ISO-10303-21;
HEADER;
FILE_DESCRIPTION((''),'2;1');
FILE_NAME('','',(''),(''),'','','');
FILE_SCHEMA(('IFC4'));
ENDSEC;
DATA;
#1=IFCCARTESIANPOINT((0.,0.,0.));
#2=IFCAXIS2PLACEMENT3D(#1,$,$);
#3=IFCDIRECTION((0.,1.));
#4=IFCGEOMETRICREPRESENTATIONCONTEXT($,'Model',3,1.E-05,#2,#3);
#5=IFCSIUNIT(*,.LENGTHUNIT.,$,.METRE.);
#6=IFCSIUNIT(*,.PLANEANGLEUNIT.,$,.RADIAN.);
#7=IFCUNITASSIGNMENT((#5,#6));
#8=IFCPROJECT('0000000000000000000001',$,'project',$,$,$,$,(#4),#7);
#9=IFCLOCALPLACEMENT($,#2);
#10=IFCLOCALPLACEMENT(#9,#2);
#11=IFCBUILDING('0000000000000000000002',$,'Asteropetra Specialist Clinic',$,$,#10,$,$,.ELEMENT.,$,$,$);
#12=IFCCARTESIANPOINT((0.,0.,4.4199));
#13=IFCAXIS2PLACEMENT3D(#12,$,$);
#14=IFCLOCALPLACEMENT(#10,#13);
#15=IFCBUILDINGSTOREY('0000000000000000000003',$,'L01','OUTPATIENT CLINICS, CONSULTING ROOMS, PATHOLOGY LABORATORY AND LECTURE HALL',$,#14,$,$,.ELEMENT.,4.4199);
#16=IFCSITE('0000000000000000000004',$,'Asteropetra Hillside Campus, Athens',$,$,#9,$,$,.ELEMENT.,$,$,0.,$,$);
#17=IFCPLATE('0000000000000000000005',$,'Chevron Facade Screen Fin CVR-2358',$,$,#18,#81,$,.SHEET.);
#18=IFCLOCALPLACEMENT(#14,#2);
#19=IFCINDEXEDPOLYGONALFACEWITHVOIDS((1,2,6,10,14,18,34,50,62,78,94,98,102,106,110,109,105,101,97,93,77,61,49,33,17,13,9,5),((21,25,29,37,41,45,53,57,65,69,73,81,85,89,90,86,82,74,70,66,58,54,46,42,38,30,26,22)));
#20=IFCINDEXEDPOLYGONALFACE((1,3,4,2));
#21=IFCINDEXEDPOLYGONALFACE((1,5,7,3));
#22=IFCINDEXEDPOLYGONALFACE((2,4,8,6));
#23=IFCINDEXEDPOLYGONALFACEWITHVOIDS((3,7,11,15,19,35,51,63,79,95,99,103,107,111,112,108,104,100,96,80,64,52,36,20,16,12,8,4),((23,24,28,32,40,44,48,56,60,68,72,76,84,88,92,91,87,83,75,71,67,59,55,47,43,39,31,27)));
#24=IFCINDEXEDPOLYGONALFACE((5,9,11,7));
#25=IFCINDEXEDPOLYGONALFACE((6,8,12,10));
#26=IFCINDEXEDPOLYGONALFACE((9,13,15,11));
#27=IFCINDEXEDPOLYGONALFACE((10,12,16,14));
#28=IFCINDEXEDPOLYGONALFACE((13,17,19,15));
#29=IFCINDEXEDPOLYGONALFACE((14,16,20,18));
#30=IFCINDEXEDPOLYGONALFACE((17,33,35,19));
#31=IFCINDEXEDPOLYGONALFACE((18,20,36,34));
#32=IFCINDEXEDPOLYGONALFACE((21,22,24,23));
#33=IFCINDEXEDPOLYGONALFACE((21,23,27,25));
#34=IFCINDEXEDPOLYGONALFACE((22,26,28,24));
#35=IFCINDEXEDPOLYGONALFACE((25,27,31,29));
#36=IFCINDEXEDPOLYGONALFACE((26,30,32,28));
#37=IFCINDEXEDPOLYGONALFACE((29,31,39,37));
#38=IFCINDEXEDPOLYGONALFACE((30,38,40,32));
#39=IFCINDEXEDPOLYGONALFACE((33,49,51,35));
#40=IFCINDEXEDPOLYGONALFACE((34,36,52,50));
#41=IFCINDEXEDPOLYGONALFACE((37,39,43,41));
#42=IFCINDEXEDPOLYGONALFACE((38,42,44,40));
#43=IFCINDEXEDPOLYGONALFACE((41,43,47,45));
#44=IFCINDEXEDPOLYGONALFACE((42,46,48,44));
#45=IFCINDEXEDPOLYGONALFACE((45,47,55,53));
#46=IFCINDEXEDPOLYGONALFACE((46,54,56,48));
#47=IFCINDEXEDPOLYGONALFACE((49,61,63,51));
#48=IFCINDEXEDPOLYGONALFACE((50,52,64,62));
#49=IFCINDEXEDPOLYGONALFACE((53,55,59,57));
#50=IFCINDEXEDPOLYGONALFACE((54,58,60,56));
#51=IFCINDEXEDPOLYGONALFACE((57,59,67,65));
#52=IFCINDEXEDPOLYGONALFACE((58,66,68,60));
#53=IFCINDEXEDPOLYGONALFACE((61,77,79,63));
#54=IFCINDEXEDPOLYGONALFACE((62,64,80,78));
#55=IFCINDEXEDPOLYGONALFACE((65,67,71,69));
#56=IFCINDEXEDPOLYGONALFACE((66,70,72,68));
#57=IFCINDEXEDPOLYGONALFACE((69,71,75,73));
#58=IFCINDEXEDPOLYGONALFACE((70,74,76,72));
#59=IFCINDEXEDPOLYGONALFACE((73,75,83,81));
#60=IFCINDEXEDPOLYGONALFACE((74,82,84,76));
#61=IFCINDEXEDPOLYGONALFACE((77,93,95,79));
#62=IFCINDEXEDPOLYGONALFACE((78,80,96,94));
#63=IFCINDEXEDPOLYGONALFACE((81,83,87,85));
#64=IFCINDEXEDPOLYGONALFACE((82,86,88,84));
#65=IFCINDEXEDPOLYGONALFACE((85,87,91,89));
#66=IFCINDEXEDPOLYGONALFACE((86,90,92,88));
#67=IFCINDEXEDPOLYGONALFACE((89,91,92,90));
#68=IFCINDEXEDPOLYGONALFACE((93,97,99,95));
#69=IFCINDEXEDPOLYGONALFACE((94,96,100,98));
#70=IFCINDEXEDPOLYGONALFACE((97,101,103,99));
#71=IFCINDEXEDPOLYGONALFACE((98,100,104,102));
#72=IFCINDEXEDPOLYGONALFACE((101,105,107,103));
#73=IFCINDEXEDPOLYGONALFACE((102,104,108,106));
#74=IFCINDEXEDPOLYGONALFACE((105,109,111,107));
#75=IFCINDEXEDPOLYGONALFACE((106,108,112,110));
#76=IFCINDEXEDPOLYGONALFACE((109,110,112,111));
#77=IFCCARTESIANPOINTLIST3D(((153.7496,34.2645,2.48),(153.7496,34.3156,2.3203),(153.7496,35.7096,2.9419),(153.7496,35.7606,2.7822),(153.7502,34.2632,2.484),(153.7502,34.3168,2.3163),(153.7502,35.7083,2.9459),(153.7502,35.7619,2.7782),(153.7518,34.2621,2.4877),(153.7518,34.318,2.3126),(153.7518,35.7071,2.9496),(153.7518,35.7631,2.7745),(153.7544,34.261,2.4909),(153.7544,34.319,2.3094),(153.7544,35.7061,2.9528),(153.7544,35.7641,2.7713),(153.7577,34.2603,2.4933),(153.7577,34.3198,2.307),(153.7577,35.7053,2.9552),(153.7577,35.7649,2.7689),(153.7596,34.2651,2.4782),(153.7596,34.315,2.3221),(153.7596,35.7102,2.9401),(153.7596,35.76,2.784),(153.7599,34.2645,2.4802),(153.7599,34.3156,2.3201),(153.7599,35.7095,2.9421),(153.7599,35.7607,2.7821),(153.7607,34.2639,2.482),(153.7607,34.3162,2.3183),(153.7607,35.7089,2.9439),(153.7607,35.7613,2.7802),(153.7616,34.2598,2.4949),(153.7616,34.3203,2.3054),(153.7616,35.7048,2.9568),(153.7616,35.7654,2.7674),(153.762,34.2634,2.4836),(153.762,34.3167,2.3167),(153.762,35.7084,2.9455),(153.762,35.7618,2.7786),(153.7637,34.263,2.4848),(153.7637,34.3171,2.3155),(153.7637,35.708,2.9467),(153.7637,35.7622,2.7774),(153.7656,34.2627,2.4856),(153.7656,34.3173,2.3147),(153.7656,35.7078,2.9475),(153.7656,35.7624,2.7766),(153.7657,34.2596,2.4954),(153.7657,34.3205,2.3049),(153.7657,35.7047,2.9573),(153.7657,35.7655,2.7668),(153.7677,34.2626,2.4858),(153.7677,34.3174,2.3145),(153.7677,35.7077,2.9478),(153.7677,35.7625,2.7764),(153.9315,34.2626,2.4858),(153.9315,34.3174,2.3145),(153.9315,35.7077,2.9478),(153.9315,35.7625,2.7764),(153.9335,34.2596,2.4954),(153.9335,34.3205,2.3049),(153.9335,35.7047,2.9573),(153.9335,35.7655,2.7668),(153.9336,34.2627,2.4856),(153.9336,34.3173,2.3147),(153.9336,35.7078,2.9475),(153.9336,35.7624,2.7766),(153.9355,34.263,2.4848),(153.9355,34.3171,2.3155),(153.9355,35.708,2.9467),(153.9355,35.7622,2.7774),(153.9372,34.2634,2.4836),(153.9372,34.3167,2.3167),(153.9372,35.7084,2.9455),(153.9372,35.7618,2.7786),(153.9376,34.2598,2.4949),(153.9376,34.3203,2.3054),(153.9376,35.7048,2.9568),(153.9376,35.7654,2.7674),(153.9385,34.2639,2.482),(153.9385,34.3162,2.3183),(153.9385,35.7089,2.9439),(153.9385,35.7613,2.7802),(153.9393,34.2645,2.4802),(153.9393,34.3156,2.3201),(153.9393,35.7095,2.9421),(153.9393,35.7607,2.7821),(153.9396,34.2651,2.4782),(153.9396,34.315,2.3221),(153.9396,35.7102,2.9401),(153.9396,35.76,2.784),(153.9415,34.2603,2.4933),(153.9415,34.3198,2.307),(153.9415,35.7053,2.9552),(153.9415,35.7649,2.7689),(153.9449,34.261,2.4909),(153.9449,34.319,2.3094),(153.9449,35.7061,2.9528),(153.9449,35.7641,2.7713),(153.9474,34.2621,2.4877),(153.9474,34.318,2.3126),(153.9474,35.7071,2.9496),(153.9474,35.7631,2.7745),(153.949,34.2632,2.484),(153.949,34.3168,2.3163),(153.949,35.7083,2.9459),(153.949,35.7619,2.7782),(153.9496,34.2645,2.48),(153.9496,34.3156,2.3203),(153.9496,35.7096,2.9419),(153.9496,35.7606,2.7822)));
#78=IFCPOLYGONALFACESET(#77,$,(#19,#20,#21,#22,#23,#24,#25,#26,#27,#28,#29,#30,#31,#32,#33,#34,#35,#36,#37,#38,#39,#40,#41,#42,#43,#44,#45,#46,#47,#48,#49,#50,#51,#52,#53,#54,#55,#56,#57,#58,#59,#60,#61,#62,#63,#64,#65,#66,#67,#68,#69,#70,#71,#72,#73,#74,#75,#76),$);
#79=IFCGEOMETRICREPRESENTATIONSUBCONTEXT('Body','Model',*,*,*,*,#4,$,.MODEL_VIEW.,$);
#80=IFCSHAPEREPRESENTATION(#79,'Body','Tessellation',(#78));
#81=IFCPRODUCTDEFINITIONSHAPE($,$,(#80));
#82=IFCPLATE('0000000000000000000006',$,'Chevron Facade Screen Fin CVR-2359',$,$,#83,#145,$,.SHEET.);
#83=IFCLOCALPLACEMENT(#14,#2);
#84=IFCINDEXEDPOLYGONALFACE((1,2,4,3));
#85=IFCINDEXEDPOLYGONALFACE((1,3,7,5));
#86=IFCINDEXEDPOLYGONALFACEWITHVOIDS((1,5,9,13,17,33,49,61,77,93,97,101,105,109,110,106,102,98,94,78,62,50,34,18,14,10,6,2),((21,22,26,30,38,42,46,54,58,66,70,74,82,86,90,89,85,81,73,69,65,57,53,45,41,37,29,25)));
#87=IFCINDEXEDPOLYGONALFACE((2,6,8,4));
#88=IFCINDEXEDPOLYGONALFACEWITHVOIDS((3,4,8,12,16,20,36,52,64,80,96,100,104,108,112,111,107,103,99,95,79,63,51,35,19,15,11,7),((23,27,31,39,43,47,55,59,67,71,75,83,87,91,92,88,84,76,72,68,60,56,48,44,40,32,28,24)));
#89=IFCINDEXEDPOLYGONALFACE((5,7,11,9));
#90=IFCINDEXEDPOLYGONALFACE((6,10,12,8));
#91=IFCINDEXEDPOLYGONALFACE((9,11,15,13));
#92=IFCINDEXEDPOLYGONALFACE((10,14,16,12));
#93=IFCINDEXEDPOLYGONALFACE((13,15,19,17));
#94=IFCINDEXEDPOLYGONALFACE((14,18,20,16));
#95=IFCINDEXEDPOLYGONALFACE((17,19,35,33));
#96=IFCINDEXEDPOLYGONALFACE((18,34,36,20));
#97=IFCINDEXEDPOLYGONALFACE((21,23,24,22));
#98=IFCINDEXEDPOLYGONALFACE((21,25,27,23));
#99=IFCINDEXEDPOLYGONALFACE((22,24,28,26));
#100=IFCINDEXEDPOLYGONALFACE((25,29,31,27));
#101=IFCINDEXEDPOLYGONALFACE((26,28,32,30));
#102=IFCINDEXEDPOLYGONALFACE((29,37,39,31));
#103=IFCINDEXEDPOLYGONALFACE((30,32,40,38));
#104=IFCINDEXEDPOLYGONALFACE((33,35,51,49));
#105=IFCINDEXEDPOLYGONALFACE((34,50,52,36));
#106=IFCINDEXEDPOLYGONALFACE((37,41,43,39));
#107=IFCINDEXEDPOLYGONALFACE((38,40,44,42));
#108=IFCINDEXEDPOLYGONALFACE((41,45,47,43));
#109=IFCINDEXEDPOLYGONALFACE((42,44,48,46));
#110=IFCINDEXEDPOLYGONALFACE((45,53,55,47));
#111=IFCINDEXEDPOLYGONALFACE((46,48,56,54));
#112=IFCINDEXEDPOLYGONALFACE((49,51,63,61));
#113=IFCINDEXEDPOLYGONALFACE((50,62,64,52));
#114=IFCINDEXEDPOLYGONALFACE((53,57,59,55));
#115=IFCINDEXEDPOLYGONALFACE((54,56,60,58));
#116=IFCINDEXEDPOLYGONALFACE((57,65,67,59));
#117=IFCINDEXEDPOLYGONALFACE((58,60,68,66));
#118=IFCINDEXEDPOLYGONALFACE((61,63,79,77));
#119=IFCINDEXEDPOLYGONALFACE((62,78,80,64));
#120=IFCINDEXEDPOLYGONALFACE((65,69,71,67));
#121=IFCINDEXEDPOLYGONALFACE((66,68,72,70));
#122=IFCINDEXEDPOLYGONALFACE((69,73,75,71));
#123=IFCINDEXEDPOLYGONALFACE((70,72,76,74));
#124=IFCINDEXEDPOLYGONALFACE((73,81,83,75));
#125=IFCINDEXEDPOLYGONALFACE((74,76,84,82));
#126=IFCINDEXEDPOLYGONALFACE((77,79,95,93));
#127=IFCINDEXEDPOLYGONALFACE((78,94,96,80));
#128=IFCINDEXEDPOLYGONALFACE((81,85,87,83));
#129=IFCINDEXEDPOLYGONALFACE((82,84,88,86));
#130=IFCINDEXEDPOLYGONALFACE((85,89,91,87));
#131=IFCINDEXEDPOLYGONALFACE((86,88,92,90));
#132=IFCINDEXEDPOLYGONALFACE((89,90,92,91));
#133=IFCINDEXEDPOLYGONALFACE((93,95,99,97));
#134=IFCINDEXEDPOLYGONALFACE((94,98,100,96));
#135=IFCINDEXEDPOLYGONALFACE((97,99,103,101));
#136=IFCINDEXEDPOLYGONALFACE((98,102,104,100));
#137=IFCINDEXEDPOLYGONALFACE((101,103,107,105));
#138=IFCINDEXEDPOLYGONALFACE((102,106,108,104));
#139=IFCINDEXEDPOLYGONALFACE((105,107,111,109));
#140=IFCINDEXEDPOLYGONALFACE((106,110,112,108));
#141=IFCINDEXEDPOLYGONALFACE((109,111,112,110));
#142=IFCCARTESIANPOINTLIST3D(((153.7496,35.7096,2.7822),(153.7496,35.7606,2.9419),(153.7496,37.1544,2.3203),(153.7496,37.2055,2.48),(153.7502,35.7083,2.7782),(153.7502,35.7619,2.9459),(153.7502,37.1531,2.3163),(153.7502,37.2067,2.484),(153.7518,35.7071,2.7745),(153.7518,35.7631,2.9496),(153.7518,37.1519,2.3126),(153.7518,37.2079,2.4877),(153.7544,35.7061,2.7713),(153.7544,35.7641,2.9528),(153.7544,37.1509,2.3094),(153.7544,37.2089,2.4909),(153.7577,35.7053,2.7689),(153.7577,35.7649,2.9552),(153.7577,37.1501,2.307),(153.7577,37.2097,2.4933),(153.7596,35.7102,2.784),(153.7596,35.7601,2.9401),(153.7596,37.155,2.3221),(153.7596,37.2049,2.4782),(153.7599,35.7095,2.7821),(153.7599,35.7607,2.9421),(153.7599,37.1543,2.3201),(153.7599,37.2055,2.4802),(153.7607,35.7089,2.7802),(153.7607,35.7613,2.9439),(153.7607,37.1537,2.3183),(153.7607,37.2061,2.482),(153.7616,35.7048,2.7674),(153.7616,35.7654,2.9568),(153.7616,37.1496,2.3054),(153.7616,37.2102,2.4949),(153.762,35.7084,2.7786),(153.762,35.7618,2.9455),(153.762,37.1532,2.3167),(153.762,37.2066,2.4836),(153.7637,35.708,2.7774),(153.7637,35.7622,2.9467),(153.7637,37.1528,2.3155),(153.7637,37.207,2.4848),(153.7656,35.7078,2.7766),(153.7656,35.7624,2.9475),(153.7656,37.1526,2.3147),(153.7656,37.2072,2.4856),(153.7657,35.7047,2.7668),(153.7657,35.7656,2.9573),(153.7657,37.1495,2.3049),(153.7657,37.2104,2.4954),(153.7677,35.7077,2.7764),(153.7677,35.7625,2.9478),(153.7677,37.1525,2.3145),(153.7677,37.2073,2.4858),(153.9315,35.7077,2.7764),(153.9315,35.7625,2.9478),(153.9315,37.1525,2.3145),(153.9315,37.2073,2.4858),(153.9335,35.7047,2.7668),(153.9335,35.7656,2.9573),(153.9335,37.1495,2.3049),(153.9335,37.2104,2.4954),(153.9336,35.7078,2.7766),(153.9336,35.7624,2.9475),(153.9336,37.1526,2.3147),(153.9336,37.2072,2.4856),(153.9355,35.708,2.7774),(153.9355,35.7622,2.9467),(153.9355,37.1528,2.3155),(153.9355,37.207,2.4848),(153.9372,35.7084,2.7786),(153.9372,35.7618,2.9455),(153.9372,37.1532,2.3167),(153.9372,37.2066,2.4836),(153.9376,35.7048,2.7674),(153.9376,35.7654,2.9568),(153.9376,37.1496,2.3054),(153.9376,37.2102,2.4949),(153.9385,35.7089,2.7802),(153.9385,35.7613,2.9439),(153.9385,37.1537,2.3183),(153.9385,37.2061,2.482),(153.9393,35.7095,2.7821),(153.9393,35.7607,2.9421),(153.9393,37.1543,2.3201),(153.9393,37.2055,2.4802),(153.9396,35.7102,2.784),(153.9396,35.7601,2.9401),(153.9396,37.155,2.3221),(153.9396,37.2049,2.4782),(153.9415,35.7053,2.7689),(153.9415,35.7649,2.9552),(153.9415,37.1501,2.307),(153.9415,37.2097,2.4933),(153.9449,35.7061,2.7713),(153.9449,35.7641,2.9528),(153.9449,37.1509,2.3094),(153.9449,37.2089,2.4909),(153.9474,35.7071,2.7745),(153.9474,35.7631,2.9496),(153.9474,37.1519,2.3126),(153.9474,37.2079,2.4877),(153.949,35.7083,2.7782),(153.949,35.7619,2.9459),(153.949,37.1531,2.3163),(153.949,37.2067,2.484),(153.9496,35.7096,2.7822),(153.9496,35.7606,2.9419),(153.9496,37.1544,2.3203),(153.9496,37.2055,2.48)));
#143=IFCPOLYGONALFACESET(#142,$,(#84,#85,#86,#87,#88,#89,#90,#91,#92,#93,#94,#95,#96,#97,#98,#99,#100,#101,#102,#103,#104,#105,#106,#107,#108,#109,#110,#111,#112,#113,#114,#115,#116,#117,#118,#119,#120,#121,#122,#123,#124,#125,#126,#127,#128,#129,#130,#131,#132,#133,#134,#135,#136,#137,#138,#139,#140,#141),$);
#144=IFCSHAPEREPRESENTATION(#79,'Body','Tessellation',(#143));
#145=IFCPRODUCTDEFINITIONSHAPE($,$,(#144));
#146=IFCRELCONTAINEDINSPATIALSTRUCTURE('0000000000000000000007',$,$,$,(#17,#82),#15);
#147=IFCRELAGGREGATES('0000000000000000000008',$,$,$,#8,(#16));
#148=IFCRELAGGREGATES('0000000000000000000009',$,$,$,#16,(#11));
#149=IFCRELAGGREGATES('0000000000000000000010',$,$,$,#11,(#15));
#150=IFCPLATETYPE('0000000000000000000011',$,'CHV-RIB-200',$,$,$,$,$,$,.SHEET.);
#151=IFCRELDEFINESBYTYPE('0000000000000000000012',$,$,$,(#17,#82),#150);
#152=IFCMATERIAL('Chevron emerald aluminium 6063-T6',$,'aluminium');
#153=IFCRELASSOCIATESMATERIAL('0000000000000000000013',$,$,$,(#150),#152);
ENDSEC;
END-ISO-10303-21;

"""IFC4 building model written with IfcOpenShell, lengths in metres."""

from ifc_helpers import new_model, si_unit, direction, frame, origin, origin_2d, place, context, subcontext, project, spatial, hollow_rectangle, extrude, material, material_profile, profile_set, type_object, element, save


model = new_model("IFC4")

# Units and contexts
model_context = context("Model", 3, precision=1e-05, world=origin(), true_north=direction((0.0, 1.0)))
body_context = subcontext(model_context, "Body", "Model", "MODEL_VIEW")
ifc_project = project(units=[si_unit("LENGTHUNIT", "METRE"), si_unit("PLANEANGLEUNIT", "RADIAN")], contexts=[model_context])

# Site, building, storey
site_placement = place(None, origin())
site = spatial("IfcSite", under=ifc_project, at=site_placement, Name="Asteropetra Hillside Campus, Athens", CompositionType="ELEMENT", RefElevation=0.0)
building_placement = place(site_placement, origin())
building = spatial("IfcBuilding", under=site, at=building_placement, Name="Asteropetra Specialist Clinic", CompositionType="ELEMENT")
storey_placement = place(building_placement, frame((0.0, 0.0, 4.4199)))
storey = spatial("IfcBuildingStorey", under=building, at=storey_placement, Name="L01", Description="OUTPATIENT CLINICS, CONSULTING ROOMS, PATHOLOGY LABORATORY AND LECTURE HALL", CompositionType="ELEMENT", Elevation=4.4199)

# Plates
ifc_material_1 = material(Name="Chevron emerald aluminium 6063-T6", Category="aluminium")
ifc_material_profile = material_profile(ifc_material_1, hollow_rectangle(XDim=0.2, YDim=0.2, WallThickness=0.01, InnerFilletRadius=0.0081, OuterFilletRadius=0.0161, at=origin_2d()), Name="SHS 200x200x10.0")
ifc_profile_set = profile_set([ifc_material_profile], Name="Chevron emerald aluminium 6063-T6")
plate_type = type_object("IfcPlateType", Name="CHV-RIB-200", PredefinedType="SHEET", material=ifc_profile_set)
plate_1_placement = place(storey_placement, frame((153.8496, 34.29, 2.4001), z_axis=(0.0, 0.952521, 0.304472), x_axis=(-1.0, 0.0, 0.0)))
element("IfcPlate", 1, at=plate_1_placement, inside=storey, type_object=plate_type, Name="Chevron Facade Screen Fin CVR-2358", PredefinedType="SHEET", context=body_context, shape_type="SweptSolid", body=[
    extrude(hollow_rectangle(XDim=0.2, YDim=0.2, WallThickness=0.01, InnerFilletRadius=0.0081, OuterFilletRadius=0.0161, at=origin_2d()), origin(), (0.0, 0.0, 1.0), 1.5171),
])
plate_2_placement = place(storey_placement, frame((153.8496, 35.7351, 2.8621), z_axis=(0.0, 0.952506, -0.304519), x_axis=(-1.0, 0.0, 0.0)))
element("IfcPlate", 2, at=plate_2_placement, inside=storey, type_object=plate_type, Name="Chevron Facade Screen Fin CVR-2359", PredefinedType="SHEET", context=body_context, shape_type="SweptSolid", body=[
    extrude(hollow_rectangle(XDim=0.2, YDim=0.2, WallThickness=0.01, InnerFilletRadius=0.0081, OuterFilletRadius=0.0161, at=origin_2d()), origin(), (0.0, 0.0, 1.0), 1.5168),
])

save(model, "model.ifc")
